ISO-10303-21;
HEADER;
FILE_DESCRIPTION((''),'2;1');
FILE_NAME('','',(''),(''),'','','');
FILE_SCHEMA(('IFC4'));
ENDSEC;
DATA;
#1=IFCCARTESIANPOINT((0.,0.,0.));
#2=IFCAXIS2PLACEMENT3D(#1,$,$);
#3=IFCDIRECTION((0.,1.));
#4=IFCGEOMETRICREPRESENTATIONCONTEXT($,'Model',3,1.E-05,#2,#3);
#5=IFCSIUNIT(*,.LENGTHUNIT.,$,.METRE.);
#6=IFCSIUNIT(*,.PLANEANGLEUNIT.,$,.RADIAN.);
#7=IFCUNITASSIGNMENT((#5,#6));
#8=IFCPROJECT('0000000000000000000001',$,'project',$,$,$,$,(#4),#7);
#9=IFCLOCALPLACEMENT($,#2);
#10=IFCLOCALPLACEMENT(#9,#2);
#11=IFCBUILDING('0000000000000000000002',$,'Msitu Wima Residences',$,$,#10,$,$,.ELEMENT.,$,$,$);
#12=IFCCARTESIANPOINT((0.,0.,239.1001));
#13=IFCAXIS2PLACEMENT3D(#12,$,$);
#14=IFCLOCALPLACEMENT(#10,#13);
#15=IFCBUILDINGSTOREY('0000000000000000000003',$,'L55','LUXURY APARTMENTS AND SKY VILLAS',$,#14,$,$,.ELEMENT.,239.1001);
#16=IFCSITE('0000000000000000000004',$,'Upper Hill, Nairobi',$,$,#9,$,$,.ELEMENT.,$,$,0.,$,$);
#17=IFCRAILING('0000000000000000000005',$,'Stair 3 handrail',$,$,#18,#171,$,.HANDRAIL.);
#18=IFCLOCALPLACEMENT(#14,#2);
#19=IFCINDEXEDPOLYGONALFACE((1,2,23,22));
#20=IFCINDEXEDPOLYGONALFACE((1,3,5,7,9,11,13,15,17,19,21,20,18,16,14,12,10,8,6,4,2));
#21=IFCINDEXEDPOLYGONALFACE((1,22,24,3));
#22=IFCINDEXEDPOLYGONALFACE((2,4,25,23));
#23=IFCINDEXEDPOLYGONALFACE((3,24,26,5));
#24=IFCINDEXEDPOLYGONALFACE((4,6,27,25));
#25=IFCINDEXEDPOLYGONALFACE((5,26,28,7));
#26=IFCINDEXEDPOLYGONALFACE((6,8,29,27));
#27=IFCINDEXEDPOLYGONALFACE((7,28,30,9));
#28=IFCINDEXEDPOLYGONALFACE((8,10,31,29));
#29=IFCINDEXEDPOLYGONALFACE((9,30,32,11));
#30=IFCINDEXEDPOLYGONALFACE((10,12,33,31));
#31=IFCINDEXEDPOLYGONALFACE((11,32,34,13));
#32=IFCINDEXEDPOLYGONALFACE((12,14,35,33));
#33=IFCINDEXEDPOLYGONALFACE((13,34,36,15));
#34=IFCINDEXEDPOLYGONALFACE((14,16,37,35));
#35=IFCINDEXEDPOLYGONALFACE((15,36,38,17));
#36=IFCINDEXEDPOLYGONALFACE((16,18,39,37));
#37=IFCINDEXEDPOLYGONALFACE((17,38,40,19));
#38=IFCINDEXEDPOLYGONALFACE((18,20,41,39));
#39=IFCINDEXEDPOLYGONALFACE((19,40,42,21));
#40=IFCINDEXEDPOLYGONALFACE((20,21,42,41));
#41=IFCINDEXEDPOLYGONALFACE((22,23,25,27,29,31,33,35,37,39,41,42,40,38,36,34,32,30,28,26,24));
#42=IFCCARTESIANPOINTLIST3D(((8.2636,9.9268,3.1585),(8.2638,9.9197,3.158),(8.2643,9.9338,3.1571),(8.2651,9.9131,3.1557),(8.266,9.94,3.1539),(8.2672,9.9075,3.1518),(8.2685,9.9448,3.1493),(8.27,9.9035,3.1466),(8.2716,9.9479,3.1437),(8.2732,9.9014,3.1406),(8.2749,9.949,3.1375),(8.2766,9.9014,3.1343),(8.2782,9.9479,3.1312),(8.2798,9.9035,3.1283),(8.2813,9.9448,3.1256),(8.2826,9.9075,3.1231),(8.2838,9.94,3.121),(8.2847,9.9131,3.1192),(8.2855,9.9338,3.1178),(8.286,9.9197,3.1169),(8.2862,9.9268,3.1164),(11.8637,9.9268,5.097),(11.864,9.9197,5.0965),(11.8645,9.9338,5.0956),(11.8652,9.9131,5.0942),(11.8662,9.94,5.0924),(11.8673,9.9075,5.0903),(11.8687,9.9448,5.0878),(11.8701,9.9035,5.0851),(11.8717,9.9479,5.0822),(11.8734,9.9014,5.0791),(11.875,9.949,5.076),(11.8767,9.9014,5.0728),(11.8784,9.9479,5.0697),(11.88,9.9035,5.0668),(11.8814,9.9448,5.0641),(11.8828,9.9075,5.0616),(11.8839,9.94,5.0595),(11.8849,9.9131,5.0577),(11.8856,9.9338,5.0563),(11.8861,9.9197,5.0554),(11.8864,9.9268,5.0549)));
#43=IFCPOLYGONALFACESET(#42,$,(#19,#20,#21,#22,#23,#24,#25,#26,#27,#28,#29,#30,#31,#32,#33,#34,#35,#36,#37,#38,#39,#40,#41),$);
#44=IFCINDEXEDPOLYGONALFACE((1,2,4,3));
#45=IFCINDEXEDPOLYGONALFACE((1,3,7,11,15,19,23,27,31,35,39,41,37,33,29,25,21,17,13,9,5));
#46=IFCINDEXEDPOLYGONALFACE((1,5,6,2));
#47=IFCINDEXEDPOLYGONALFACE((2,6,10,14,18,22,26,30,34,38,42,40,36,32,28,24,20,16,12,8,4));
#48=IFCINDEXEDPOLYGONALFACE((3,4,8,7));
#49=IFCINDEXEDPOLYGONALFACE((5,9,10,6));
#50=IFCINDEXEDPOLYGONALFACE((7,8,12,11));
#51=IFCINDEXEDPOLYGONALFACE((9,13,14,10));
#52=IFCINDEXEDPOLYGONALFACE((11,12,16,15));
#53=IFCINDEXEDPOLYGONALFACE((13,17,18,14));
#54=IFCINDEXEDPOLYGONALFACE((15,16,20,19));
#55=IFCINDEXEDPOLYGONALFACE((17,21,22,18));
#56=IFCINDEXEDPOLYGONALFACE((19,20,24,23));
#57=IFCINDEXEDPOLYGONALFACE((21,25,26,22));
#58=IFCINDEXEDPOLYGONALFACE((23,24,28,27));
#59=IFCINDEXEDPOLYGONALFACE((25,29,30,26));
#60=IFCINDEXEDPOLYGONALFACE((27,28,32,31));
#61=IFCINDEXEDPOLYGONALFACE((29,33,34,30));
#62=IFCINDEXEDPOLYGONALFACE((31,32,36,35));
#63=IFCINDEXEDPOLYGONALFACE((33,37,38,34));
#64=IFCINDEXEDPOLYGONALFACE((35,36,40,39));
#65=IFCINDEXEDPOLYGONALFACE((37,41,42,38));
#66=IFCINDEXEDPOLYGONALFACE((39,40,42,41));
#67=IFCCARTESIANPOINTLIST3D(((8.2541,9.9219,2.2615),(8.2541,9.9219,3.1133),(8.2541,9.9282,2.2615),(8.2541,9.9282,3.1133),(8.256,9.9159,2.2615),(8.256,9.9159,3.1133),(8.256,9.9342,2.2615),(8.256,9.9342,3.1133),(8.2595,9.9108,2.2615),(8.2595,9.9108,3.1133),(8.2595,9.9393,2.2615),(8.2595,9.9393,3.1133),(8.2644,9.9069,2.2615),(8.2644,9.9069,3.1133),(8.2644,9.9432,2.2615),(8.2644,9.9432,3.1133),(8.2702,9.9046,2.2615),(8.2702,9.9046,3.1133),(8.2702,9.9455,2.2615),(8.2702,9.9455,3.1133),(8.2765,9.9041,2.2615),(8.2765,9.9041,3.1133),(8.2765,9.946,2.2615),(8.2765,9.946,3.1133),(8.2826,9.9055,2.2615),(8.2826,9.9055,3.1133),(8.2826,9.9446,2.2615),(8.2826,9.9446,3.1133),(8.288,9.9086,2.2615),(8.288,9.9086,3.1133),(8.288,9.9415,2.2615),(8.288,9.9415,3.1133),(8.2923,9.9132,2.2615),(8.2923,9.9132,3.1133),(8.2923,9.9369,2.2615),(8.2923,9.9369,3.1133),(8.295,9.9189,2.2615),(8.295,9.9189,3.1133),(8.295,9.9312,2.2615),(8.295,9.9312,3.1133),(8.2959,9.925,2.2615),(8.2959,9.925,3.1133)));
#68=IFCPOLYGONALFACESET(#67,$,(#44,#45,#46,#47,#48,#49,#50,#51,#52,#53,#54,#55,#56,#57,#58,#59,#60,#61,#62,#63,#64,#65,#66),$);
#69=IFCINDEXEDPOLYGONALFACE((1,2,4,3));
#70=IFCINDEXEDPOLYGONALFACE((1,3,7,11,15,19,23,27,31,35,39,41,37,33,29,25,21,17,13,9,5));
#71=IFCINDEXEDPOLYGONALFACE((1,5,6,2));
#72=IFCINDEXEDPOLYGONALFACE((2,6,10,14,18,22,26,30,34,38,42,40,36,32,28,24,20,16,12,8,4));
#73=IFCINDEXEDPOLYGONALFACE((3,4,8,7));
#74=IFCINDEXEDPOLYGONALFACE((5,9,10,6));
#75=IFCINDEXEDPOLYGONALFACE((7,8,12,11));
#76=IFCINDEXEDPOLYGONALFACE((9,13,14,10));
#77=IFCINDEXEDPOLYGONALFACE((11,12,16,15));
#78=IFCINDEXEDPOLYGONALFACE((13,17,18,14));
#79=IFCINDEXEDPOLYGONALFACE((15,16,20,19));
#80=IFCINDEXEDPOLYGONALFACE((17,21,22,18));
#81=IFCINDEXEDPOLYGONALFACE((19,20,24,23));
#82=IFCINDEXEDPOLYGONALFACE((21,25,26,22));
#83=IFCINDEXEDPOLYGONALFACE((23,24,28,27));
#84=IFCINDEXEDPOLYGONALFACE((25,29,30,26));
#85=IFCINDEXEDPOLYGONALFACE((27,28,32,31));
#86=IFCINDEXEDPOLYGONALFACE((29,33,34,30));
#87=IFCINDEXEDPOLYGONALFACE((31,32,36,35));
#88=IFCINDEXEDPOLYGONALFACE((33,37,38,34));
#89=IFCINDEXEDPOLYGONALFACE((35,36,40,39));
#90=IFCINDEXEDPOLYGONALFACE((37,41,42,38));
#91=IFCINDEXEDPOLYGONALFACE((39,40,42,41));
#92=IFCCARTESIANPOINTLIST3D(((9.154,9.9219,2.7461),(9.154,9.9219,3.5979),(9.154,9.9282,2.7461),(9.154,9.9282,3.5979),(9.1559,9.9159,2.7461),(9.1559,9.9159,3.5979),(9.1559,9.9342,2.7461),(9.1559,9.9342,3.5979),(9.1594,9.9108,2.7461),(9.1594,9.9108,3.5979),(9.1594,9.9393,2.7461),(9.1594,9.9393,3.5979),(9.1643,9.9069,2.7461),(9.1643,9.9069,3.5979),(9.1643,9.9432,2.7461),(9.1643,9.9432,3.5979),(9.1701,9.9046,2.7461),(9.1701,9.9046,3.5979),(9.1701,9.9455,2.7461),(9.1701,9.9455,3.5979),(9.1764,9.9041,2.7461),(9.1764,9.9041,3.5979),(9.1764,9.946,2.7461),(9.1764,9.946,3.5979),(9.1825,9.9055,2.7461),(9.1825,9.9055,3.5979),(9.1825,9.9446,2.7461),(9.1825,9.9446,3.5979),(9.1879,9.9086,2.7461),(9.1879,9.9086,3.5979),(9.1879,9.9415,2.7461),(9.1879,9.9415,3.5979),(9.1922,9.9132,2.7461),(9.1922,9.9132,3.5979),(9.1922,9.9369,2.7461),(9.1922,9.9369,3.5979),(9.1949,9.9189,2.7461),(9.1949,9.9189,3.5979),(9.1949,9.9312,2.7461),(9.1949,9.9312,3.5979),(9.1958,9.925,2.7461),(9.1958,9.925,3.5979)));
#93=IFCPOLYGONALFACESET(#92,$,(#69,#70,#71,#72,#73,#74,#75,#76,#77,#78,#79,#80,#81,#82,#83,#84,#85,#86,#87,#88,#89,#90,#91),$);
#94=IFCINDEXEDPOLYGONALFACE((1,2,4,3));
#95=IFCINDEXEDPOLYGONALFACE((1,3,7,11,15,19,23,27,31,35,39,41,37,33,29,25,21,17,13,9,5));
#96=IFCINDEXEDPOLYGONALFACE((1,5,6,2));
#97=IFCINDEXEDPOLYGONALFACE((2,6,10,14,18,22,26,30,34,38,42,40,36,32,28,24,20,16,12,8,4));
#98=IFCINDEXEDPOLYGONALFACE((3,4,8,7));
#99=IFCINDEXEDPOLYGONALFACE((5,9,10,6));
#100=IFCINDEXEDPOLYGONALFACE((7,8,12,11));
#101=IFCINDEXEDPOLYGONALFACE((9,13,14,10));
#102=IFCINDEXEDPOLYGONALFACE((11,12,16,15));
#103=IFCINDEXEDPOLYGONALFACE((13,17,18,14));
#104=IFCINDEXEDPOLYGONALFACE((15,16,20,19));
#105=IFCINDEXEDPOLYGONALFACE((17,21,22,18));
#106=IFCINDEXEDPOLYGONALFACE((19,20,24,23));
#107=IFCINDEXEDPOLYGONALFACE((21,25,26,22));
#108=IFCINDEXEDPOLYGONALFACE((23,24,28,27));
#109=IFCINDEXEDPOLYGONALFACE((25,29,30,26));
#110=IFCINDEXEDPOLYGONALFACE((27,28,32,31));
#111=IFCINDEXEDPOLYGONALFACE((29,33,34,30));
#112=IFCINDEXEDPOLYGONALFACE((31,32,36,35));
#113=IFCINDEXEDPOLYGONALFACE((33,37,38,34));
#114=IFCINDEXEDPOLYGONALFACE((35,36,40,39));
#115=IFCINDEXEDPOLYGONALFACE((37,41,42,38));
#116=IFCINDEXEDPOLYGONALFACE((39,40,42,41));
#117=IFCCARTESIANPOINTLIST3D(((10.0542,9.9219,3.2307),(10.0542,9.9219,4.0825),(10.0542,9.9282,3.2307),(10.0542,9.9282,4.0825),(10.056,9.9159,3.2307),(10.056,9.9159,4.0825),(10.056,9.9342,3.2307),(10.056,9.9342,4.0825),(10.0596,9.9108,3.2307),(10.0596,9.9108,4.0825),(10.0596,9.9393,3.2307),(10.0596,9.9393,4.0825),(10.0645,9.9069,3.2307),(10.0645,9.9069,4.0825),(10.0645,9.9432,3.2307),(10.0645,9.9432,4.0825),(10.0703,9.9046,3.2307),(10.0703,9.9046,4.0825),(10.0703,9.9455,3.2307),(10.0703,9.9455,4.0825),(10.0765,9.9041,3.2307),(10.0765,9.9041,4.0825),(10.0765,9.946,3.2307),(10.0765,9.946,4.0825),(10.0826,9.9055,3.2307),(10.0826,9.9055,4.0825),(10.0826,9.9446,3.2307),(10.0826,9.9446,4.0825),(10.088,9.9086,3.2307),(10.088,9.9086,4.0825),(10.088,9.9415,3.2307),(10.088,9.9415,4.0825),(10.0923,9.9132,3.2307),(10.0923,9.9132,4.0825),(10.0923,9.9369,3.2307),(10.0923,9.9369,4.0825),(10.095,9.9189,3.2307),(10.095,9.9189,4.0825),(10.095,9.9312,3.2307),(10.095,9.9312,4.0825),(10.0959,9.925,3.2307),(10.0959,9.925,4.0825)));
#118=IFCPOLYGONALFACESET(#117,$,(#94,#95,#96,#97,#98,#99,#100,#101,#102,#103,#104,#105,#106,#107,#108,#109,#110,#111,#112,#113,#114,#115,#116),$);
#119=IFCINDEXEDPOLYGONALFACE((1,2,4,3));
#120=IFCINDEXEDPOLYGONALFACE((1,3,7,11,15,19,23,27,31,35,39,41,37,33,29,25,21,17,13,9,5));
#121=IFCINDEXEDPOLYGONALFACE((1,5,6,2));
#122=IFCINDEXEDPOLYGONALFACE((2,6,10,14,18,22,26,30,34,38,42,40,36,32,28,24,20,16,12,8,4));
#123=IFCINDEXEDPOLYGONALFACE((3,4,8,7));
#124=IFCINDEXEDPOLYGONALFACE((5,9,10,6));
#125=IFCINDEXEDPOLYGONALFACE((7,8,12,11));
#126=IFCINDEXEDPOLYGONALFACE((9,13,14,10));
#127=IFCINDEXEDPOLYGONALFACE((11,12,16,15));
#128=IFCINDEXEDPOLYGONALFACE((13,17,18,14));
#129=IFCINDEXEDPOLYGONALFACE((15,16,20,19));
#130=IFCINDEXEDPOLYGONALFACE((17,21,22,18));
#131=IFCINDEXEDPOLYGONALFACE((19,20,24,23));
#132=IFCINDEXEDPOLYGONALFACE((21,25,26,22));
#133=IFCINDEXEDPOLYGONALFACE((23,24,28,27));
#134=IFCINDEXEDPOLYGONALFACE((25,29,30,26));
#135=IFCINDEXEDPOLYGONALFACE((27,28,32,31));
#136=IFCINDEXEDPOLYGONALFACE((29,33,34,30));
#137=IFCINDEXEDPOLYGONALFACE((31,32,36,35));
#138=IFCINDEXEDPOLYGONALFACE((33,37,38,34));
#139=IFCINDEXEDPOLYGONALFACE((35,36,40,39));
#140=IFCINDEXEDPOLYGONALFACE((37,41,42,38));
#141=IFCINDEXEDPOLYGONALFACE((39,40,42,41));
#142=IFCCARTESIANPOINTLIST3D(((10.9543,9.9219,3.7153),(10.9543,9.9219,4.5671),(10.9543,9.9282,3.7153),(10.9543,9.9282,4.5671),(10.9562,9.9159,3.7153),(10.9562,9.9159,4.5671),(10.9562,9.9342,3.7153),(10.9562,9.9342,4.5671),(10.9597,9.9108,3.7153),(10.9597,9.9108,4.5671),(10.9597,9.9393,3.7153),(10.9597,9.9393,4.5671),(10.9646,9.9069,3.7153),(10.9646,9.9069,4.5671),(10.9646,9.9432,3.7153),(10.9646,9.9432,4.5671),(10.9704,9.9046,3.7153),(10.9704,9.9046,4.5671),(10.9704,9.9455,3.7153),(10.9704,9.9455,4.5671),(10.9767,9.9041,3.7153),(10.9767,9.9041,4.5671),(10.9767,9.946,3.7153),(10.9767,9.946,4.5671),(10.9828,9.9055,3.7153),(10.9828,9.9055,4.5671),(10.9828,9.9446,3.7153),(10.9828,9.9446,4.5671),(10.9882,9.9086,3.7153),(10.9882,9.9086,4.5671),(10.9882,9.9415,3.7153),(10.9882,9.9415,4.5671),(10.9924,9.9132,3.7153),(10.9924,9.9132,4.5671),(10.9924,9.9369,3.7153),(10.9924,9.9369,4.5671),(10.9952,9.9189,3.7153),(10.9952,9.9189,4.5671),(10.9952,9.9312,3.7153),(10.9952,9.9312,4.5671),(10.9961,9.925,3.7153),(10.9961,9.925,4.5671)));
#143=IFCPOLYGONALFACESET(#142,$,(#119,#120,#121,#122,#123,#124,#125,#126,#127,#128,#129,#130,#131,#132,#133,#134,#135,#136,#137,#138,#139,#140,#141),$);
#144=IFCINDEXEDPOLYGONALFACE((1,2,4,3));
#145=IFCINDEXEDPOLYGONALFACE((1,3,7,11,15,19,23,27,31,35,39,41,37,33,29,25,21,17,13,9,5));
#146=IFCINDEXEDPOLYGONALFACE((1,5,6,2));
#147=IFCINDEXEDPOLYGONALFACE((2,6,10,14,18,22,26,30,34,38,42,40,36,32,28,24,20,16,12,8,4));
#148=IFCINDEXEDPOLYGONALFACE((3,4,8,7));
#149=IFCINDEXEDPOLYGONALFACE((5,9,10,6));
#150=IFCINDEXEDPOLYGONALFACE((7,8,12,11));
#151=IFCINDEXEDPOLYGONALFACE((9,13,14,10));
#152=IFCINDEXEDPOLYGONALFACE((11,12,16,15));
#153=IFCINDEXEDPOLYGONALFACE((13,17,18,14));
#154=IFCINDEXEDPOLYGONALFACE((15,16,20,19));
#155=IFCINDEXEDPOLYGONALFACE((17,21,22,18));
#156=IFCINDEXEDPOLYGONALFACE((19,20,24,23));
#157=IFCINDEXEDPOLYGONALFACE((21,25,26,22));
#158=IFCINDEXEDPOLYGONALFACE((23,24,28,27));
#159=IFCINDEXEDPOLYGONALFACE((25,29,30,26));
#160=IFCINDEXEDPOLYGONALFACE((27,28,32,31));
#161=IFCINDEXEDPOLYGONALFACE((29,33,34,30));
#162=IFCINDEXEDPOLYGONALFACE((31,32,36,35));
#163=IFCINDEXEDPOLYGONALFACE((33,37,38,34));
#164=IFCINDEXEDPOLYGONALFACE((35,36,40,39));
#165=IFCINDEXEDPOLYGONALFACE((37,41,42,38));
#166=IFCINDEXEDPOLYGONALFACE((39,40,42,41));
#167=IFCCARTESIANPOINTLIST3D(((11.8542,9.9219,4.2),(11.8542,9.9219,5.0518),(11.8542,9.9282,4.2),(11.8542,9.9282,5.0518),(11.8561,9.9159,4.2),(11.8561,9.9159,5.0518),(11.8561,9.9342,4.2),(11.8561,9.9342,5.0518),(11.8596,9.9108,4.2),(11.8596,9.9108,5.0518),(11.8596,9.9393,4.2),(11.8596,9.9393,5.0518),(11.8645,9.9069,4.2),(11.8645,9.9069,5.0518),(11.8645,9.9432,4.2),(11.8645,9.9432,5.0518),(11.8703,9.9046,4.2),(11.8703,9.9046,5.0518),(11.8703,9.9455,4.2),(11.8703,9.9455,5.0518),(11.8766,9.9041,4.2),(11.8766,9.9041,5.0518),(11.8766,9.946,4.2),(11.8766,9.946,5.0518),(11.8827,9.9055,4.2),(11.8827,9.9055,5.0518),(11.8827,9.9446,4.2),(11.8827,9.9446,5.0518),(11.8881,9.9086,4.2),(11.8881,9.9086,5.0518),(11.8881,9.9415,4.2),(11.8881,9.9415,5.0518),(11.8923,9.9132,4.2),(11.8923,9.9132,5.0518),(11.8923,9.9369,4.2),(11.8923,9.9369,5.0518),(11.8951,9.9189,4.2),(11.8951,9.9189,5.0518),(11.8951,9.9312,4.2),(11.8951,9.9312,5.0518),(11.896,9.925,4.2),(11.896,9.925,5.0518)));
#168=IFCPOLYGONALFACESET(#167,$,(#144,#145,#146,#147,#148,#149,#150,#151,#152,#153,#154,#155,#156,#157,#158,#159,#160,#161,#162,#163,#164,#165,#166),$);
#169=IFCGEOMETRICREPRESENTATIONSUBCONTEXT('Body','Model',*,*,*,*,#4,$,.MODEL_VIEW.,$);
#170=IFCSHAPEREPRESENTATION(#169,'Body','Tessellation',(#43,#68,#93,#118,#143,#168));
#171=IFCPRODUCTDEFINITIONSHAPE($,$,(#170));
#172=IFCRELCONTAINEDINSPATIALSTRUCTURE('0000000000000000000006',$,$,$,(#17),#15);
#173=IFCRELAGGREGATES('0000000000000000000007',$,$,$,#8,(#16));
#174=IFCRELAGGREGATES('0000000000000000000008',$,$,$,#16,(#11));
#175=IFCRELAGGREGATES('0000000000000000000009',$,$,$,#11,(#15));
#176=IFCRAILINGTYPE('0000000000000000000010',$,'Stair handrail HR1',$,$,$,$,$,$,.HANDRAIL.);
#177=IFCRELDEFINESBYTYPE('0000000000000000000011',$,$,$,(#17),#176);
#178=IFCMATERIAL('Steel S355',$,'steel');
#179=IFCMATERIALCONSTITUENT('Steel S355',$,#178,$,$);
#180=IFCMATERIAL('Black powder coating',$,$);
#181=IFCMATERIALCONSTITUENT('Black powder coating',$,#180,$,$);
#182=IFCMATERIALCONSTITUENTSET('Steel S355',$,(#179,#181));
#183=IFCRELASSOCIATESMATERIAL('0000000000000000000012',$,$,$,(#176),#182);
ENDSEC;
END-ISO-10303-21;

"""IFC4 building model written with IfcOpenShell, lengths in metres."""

from ifc_helpers import new_model, si_unit, direction, frame, origin, origin_2d, place, context, subcontext, project, spatial, circle, extrude, material, constituent, constituent_set, type_object, element, save


model = new_model("IFC4")

# Units and contexts
model_context = context("Model", 3, precision=1e-05, world=origin(), true_north=direction((0.0, 1.0)))
body_context = subcontext(model_context, "Body", "Model", "MODEL_VIEW")
ifc_project = project(units=[si_unit("LENGTHUNIT", "METRE"), si_unit("PLANEANGLEUNIT", "RADIAN")], contexts=[model_context])

# Site, building, storey
site_placement = place(None, origin())
site = spatial("IfcSite", under=ifc_project, at=site_placement, Name="Upper Hill, Nairobi", CompositionType="ELEMENT", RefElevation=0.0)
building_placement = place(site_placement, origin())
building = spatial("IfcBuilding", under=site, at=building_placement, Name="Msitu Wima Residences", CompositionType="ELEMENT")
storey_placement = place(building_placement, frame((0.0, 0.0, 239.1001)))
storey = spatial("IfcBuildingStorey", under=building, at=storey_placement, Name="L55", Description="LUXURY APARTMENTS AND SKY VILLAS", CompositionType="ELEMENT", Elevation=239.1001)

# Railing
ifc_material_1 = material(Name="Steel S355", Category="steel")
ifc_constituent_1 = constituent(ifc_material_1, Name="Steel S355")
ifc_material_2 = material(Name="Black powder coating")
ifc_constituent_2 = constituent(ifc_material_2, Name="Black powder coating")
ifc_constituent_set = constituent_set(constituents=[ifc_constituent_1, ifc_constituent_2], Name="Steel S355")
railing_type = type_object("IfcRailingType", Name="Stair handrail HR1", PredefinedType="HANDRAIL", material=ifc_constituent_set)
railing_placement = place(storey_placement, frame((8.2749, 9.925, 2.2615)))
element("IfcRailing", 1, at=railing_placement, inside=storey, type_object=railing_type, Name="Stair 3 handrail", PredefinedType="HANDRAIL", context=body_context, shape_type="SweptSolid", body=[
    extrude(circle(Radius=0.0239, at=origin_2d()), frame((0.0, 0.0, 0.876), z_axis=(0.880475, 0.0, 0.474093), x_axis=(0.0, 1.0, 0.0)), (0.0, 0.0, 1.0), 4.0889),
    extrude(circle(Radius=0.021, at=origin_2d()), origin(), (0.0, 0.0, 1.0), 0.8518),
    extrude(circle(Radius=0.021, at=origin_2d()), frame((0.8999, 0.0, 0.4846)), (0.0, 0.0, 1.0), 0.8518),
    extrude(circle(Radius=0.021, at=origin_2d()), frame((1.8, 0.0, 0.9692)), (0.0, 0.0, 1.0), 0.8518),
    extrude(circle(Radius=0.021, at=origin_2d()), frame((2.7002, 0.0, 1.4539)), (0.0, 0.0, 1.0), 0.8518),
    extrude(circle(Radius=0.021, at=origin_2d()), frame((3.6001, 0.0, 1.9385)), (0.0, 0.0, 1.0), 0.8518),
])

save(model, "model.ifc")
